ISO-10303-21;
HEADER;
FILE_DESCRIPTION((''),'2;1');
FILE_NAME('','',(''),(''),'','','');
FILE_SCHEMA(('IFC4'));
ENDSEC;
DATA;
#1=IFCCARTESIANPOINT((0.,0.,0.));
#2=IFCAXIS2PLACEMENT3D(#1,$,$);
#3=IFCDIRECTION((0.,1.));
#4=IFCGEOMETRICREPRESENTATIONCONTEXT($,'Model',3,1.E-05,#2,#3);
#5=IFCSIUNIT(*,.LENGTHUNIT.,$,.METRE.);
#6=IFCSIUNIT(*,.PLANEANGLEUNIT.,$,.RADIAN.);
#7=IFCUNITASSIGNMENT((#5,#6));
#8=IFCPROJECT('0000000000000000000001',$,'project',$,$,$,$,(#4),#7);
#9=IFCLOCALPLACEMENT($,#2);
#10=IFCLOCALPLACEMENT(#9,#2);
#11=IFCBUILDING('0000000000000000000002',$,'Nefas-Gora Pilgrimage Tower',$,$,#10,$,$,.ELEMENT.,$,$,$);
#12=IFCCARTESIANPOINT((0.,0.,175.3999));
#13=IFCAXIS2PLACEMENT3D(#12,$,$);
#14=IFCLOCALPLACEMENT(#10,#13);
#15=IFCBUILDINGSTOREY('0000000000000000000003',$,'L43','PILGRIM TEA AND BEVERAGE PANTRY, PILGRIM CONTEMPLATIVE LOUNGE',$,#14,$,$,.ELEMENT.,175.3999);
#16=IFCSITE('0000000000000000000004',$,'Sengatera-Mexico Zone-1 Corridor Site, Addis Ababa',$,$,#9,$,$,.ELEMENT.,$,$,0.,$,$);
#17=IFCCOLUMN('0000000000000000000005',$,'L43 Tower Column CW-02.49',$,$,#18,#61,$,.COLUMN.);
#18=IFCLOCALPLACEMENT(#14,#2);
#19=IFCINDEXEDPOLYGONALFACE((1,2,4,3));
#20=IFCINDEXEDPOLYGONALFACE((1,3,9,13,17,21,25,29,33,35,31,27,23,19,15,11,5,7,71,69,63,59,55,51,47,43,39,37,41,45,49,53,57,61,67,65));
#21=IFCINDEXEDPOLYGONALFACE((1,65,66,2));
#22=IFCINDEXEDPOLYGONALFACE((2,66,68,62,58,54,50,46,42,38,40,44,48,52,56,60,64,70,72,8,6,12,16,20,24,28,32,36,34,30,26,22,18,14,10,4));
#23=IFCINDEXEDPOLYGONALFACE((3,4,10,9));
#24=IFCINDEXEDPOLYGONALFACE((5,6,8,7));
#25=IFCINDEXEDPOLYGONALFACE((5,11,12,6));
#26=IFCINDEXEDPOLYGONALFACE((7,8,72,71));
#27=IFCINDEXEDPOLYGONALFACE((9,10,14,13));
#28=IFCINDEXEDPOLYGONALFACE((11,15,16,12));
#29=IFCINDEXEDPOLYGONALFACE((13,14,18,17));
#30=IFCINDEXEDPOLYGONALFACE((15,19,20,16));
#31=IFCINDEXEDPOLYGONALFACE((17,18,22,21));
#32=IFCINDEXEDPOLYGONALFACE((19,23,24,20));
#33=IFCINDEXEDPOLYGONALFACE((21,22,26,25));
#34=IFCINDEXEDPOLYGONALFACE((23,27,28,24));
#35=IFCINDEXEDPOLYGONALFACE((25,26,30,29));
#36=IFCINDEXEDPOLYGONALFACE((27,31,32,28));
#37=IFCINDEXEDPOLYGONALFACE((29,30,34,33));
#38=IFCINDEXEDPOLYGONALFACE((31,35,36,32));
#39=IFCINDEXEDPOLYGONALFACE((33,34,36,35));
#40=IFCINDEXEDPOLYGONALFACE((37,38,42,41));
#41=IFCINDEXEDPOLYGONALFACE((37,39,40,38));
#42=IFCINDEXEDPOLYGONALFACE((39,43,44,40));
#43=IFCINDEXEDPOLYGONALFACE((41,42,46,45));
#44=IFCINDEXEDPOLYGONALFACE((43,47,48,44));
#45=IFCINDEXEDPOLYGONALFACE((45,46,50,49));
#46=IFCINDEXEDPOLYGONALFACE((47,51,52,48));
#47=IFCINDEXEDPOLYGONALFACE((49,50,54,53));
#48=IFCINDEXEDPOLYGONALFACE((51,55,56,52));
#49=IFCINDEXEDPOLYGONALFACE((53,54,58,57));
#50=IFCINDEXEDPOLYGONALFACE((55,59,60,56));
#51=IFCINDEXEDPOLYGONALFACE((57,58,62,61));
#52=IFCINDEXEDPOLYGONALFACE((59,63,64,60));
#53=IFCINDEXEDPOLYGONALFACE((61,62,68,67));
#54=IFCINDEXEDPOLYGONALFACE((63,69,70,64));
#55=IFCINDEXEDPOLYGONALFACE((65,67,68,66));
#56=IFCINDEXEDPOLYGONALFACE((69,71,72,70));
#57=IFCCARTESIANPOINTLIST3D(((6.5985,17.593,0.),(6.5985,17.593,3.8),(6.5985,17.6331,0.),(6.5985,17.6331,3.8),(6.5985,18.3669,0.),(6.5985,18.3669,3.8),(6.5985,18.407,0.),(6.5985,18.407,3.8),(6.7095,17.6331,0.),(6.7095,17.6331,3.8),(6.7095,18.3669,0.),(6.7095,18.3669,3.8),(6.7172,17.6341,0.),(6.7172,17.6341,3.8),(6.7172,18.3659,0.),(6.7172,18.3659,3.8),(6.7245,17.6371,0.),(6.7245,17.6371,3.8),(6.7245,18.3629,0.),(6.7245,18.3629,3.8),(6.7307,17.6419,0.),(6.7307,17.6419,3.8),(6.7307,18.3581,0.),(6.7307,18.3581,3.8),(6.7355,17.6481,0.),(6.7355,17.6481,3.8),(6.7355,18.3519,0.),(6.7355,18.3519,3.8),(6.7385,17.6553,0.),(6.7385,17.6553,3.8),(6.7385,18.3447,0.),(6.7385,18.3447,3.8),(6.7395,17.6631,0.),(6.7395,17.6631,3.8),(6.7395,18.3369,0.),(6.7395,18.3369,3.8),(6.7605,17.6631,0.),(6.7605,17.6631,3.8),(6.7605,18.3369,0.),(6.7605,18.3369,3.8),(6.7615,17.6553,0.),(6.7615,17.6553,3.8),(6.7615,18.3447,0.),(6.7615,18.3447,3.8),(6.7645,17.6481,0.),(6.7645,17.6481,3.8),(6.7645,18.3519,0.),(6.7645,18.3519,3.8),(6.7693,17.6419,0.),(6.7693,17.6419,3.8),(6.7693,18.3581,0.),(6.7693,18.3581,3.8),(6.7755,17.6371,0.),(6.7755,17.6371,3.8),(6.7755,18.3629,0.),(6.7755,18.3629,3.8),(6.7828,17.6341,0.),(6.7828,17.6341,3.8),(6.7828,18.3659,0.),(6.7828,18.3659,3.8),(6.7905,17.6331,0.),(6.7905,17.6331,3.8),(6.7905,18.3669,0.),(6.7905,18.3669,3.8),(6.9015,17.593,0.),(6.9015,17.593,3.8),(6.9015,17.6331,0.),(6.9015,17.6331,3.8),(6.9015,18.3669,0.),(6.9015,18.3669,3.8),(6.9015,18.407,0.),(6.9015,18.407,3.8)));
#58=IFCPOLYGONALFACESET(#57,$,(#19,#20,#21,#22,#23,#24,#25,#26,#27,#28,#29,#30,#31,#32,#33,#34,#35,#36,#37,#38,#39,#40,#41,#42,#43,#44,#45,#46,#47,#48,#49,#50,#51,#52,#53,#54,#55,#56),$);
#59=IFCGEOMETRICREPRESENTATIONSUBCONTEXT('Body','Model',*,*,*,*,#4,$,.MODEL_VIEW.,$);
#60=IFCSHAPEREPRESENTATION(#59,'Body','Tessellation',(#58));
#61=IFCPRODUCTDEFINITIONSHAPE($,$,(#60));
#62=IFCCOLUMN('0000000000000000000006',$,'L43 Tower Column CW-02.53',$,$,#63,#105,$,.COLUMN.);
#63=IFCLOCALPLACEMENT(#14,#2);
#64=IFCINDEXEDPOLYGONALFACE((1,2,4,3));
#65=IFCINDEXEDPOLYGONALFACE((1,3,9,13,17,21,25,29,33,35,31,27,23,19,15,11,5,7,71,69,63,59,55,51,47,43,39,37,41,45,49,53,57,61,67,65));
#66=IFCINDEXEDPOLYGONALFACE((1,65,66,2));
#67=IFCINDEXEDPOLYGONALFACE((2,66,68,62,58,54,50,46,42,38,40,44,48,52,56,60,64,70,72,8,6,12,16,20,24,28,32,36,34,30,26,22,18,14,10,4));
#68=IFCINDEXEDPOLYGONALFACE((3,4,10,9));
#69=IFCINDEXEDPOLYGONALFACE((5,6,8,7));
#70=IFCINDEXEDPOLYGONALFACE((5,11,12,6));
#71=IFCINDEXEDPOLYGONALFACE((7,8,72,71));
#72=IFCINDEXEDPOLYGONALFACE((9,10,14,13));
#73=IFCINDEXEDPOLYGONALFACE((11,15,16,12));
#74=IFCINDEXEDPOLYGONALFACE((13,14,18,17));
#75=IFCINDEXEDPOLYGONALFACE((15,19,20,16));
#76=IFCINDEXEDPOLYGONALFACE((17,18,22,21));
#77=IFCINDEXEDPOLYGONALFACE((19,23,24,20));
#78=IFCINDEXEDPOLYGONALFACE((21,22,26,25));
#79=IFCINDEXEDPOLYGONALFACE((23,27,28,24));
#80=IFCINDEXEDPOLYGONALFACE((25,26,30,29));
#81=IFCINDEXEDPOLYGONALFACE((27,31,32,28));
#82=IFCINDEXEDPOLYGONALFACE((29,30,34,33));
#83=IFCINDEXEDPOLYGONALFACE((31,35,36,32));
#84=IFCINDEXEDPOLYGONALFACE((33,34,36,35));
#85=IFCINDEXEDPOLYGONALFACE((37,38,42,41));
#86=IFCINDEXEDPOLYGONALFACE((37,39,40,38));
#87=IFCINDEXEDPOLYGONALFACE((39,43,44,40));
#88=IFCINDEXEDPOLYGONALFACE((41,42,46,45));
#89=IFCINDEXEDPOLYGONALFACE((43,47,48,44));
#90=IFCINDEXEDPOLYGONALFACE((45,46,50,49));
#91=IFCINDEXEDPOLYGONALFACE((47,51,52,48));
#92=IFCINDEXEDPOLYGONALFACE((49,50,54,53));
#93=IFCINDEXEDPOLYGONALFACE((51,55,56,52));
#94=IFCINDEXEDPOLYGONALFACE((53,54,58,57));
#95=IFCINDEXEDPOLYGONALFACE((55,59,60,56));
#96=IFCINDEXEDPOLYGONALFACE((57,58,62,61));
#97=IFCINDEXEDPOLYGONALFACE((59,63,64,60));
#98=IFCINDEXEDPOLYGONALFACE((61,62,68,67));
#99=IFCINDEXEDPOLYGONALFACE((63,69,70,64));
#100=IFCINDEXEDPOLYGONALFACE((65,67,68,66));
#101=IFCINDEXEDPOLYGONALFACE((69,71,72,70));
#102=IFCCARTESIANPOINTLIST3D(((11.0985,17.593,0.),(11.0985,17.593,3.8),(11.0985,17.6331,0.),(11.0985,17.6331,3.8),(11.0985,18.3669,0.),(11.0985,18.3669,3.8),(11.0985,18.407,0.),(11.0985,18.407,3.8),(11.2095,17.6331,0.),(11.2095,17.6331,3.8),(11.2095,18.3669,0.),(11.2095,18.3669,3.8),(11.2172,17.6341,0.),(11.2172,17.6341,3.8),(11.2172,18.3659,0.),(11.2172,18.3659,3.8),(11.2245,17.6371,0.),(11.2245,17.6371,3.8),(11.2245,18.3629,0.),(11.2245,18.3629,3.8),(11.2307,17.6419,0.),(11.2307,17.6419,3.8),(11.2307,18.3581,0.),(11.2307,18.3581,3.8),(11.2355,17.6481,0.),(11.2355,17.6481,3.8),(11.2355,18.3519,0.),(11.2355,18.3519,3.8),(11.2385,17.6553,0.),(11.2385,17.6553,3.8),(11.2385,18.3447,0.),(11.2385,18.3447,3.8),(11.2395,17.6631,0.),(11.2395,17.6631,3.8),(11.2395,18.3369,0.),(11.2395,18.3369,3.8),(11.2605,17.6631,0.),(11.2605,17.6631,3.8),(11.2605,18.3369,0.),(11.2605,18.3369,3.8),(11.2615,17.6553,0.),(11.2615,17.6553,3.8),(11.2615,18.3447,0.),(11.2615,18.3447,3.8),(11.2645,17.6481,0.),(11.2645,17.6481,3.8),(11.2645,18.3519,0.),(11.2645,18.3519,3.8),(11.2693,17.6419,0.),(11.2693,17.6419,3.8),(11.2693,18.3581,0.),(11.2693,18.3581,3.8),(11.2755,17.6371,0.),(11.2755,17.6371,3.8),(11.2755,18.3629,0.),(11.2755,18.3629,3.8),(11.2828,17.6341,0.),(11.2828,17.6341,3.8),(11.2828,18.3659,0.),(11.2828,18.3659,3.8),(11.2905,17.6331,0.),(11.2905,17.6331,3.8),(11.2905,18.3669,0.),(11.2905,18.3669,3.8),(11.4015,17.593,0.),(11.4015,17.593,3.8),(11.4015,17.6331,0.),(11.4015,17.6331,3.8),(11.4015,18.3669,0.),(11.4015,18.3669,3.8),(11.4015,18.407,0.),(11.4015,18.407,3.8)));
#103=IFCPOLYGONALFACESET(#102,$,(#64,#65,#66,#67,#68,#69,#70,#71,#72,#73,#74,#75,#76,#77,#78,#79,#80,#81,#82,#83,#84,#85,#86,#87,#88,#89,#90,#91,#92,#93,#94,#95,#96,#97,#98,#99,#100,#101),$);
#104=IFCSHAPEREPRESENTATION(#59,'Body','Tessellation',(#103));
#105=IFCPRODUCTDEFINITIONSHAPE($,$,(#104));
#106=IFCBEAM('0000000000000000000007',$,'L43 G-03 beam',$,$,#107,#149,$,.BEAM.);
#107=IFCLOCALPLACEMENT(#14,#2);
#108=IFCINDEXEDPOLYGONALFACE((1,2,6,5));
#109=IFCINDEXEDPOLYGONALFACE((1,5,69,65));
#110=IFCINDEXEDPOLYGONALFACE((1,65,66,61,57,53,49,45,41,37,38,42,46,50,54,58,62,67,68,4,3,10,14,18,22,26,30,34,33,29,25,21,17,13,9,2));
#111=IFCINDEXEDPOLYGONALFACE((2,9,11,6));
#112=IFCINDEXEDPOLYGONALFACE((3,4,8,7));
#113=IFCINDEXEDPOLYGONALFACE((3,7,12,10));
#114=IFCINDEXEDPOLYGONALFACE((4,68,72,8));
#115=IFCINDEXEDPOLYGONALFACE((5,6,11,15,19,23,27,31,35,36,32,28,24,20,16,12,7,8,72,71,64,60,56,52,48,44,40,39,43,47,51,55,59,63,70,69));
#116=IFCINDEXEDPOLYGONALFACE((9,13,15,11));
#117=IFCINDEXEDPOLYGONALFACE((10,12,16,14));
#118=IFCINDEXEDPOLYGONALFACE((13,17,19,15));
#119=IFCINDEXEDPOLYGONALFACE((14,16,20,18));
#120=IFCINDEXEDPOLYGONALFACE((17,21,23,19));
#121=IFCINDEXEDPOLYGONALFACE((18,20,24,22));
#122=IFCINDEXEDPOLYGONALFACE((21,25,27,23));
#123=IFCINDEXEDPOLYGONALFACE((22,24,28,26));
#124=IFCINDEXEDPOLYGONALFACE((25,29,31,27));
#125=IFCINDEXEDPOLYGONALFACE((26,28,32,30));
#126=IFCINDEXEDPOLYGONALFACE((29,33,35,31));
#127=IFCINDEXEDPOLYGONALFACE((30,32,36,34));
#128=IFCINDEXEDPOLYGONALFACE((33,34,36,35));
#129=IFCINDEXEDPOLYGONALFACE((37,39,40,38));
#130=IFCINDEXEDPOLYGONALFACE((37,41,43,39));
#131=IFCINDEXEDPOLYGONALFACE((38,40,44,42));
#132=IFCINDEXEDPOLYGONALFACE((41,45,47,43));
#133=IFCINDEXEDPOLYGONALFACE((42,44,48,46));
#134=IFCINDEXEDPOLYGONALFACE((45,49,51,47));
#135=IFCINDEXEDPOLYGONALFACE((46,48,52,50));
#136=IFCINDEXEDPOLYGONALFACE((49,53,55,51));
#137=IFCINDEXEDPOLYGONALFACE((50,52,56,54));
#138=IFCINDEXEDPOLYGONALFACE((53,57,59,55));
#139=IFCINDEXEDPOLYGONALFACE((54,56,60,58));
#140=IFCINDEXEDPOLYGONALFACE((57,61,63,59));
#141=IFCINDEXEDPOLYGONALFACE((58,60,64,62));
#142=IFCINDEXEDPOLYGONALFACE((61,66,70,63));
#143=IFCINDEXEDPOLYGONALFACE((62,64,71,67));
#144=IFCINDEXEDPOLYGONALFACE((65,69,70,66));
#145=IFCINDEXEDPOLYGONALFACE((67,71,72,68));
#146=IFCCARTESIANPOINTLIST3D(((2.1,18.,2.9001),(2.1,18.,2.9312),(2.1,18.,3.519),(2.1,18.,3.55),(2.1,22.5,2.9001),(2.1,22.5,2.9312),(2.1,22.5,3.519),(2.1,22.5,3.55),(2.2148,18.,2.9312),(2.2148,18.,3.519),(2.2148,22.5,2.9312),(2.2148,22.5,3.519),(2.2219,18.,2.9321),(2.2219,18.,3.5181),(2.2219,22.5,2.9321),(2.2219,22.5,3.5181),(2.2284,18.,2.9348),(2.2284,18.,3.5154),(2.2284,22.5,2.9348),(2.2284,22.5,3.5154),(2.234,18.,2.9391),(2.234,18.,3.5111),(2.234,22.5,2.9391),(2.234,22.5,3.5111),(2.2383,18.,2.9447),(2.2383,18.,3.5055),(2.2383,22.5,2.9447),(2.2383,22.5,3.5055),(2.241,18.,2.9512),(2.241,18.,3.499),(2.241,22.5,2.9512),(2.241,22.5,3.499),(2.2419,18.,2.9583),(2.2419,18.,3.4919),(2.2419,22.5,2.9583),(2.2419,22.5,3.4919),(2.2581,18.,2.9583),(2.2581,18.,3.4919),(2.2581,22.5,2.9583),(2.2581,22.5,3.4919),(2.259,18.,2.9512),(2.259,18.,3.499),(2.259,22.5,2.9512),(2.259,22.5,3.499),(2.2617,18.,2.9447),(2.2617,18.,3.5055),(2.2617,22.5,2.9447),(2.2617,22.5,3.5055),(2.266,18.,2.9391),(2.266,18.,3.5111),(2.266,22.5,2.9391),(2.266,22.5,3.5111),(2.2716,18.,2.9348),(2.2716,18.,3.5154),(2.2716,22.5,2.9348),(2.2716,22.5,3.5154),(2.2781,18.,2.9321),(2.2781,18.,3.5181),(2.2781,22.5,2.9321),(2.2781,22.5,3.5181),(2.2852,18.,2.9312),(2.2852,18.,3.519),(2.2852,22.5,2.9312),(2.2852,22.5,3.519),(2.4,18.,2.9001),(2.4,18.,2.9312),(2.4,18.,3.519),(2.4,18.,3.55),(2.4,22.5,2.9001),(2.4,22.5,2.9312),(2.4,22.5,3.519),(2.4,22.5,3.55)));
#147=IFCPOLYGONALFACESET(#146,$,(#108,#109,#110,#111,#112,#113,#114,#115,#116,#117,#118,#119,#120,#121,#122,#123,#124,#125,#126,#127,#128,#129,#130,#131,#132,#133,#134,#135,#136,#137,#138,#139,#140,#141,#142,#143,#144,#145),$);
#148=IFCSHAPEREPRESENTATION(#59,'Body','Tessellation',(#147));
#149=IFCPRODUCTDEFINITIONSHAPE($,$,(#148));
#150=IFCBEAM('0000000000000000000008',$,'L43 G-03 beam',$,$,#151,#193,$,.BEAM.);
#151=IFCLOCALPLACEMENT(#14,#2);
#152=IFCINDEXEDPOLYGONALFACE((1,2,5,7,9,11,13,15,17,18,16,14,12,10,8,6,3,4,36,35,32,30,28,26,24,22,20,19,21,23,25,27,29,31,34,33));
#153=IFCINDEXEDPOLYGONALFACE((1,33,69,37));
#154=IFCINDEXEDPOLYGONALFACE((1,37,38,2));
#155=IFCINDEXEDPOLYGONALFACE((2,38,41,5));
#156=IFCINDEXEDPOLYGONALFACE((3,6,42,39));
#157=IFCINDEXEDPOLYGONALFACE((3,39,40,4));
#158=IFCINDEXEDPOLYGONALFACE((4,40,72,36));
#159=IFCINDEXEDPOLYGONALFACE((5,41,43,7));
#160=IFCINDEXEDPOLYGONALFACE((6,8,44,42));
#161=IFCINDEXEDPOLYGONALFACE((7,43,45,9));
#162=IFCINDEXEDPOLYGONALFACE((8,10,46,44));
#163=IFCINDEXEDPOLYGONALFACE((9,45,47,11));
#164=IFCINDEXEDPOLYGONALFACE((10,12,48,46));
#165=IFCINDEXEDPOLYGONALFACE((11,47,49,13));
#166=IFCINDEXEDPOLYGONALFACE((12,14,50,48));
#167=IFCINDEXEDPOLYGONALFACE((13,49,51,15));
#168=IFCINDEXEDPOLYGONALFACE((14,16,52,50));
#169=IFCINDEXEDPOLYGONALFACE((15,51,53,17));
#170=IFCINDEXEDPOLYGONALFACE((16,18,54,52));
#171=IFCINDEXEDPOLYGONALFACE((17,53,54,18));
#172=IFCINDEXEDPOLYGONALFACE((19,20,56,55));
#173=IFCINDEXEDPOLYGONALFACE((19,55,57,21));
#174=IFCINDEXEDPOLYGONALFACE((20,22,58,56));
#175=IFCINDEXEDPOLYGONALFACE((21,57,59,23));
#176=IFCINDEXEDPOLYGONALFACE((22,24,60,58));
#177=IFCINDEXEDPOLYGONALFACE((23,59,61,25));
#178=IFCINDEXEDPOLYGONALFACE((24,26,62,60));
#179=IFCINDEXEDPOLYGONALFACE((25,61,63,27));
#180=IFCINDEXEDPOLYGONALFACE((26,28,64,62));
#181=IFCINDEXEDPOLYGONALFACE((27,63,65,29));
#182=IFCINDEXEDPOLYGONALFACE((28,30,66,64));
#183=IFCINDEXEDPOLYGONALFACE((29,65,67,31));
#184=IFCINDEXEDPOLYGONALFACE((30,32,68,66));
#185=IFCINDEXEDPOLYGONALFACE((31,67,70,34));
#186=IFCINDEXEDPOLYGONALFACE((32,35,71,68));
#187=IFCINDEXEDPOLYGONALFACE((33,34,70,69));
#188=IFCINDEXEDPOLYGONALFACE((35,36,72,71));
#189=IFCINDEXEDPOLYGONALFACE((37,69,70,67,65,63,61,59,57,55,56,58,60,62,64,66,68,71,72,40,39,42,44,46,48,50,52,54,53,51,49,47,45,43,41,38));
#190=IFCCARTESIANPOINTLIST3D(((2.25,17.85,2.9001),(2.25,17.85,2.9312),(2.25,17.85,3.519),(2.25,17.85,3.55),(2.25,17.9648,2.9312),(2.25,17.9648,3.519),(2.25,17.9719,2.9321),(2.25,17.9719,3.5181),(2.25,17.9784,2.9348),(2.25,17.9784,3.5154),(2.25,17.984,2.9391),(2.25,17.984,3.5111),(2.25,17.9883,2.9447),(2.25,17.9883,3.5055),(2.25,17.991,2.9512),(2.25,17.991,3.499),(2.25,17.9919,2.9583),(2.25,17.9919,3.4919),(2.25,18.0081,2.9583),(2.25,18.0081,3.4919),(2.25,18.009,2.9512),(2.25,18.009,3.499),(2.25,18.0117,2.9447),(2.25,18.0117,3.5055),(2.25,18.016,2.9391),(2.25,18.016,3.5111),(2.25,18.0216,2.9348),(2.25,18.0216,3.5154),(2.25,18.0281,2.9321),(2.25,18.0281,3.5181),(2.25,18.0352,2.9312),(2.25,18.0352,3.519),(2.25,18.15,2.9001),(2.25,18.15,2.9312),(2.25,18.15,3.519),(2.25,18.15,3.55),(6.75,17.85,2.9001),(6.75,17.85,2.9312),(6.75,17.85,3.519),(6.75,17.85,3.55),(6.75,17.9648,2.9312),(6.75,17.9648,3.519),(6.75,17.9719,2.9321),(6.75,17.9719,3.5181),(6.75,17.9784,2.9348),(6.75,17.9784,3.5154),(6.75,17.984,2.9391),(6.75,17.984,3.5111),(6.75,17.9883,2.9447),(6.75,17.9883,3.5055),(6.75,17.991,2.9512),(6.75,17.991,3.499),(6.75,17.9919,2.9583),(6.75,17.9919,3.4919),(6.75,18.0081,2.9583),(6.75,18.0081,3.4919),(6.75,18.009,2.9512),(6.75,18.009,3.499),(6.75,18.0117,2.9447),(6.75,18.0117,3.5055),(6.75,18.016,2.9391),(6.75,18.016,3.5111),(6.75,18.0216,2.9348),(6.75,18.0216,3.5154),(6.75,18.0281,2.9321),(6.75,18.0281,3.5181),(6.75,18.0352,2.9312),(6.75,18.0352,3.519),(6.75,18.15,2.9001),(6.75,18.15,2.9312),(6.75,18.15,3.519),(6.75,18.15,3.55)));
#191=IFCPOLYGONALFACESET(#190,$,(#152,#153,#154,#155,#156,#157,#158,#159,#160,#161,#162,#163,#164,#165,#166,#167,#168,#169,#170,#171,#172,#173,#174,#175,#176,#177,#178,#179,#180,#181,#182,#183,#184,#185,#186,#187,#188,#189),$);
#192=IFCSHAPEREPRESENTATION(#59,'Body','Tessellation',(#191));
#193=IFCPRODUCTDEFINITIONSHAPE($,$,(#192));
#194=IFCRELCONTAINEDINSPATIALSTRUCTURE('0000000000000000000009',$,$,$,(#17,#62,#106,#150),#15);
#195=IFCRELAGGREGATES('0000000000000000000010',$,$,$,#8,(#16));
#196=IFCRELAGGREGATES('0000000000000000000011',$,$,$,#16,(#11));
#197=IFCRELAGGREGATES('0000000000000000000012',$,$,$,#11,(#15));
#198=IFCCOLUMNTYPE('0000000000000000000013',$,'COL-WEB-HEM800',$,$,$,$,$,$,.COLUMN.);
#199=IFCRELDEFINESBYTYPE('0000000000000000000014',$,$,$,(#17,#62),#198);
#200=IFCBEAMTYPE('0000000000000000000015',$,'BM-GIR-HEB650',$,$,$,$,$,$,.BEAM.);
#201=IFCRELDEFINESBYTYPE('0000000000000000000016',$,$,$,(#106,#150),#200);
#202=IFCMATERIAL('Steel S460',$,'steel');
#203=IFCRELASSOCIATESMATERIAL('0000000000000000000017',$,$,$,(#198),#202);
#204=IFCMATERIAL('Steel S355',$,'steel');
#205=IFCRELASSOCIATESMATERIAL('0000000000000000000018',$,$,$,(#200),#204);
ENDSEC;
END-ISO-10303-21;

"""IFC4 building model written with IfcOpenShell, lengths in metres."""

from ifc_helpers import new_model, si_unit, direction, frame, origin, origin_2d, place, context, subcontext, project, spatial, i_section, extrude, source, transform, mapped, material, material_profile, profile_set, type_object, element, save


model = new_model("IFC4")

# Units and contexts
model_context = context("Model", 3, precision=1e-05, world=origin(), true_north=direction((0.0, 1.0)))
body_context = subcontext(model_context, "Body", "Model", "MODEL_VIEW")
ifc_project = project(units=[si_unit("LENGTHUNIT", "METRE"), si_unit("PLANEANGLEUNIT", "RADIAN")], contexts=[model_context])

# Site, building, storey
site_placement = place(None, origin())
site = spatial("IfcSite", under=ifc_project, at=site_placement, Name="Sengatera-Mexico Zone-1 Corridor Site, Addis Ababa", CompositionType="ELEMENT", RefElevation=0.0)
building_placement = place(site_placement, origin())
building = spatial("IfcBuilding", under=site, at=building_placement, Name="Nefas-Gora Pilgrimage Tower", CompositionType="ELEMENT")
storey_placement = place(building_placement, frame((0.0, 0.0, 175.3999)))
storey = spatial("IfcBuildingStorey", under=building, at=storey_placement, Name="L43", Description="PILGRIM TEA AND BEVERAGE PANTRY, PILGRIM CONTEMPLATIVE LOUNGE", CompositionType="ELEMENT", Elevation=175.3999)

# Columns
ifc_material_1 = material(Name="Steel S460", Category="steel")
ifc_material_profile_1 = material_profile(ifc_material_1, i_section(OverallWidth=0.303, OverallDepth=0.814, WebThickness=0.021, FlangeThickness=0.04, FilletRadius=0.03, at=origin_2d()), Name="HEM 800")
ifc_profile_set_1 = profile_set([ifc_material_profile_1], Name="Steel S460")
column_type_1 = type_object("IfcColumnType", Name="COL-WEB-HEM800", PredefinedType="COLUMN", material=ifc_profile_set_1)
shared_shape_1 = source(origin(), body_context, "Body", "SweptSolid", [
    extrude(i_section(OverallWidth=0.303, OverallDepth=0.814, WebThickness=0.021, FlangeThickness=0.04, FilletRadius=0.03, at=origin_2d()), origin(), (0.0, 0.0, 1.0), 3.8),
])
for number, where, z_axis, x_axis, name in (
    (1, (6.75, 18.0, 0.0), (0.0, 0.0, 1.0), (1.0, 0.0, 0.0), "L43 Tower Column CW-02.49"),
    (2, (11.25, 18.0, 0.0), (0.0, 0.0, 1.0), (1.0, 0.0, 0.0), "L43 Tower Column CW-02.53"),
):
    element("IfcColumn", number, at=place(storey_placement, frame(where, z_axis=z_axis, x_axis=x_axis)), inside=storey, type_object=column_type_1, Name=name, PredefinedType="COLUMN", context=body_context, shape_type="MappedRepresentation", body=[
        mapped(shared_shape_1, transform((0.0, 0.0, 0.0), x_axis=(1.0, 0.0, 0.0), y_axis=(0.0, 1.0, 0.0), z_axis=(0.0, 0.0, 1.0), scale=1.0)),
    ])

# Beams
ifc_material_2 = material(Name="Steel S355", Category="steel")
ifc_material_profile_2 = material_profile(ifc_material_2, i_section(OverallWidth=0.3, OverallDepth=0.6499, WebThickness=0.0161, FlangeThickness=0.031, FilletRadius=0.0271, at=origin_2d()), Name="HEB 650")
ifc_profile_set_2 = profile_set([ifc_material_profile_2], Name="Steel S355")
beam_type = type_object("IfcBeamType", Name="BM-GIR-HEB650", PredefinedType="BEAM", material=ifc_profile_set_2)
shared_shape_2 = source(origin(), body_context, "Body", "SweptSolid", [
    extrude(i_section(OverallWidth=0.3, OverallDepth=0.6499, WebThickness=0.0161, FlangeThickness=0.031, FilletRadius=0.0271, at=origin_2d()), origin(), (0.0, 0.0, 1.0), 4.5),
])
for number, where, z_axis, x_axis, name in (
    (3, (2.25, 18.0, 3.2251), (0.0, 1.0, 0.0), (-1.0, 0.0, 0.0), "L43 G-03 beam"),
    (4, (2.25, 18.0, 3.2251), (1.0, 0.0, 0.0), (0.0, 1.0, 0.0), "L43 G-03 beam"),
):
    element("IfcBeam", number, at=place(storey_placement, frame(where, z_axis=z_axis, x_axis=x_axis)), inside=storey, type_object=beam_type, Name=name, PredefinedType="BEAM", context=body_context, shape_type="MappedRepresentation", body=[
        mapped(shared_shape_2, transform((0.0, 0.0, 0.0), x_axis=(1.0, 0.0, 0.0), y_axis=(0.0, 1.0, 0.0), z_axis=(0.0, 0.0, 1.0), scale=1.0)),
    ])

save(model, "model.ifc")
